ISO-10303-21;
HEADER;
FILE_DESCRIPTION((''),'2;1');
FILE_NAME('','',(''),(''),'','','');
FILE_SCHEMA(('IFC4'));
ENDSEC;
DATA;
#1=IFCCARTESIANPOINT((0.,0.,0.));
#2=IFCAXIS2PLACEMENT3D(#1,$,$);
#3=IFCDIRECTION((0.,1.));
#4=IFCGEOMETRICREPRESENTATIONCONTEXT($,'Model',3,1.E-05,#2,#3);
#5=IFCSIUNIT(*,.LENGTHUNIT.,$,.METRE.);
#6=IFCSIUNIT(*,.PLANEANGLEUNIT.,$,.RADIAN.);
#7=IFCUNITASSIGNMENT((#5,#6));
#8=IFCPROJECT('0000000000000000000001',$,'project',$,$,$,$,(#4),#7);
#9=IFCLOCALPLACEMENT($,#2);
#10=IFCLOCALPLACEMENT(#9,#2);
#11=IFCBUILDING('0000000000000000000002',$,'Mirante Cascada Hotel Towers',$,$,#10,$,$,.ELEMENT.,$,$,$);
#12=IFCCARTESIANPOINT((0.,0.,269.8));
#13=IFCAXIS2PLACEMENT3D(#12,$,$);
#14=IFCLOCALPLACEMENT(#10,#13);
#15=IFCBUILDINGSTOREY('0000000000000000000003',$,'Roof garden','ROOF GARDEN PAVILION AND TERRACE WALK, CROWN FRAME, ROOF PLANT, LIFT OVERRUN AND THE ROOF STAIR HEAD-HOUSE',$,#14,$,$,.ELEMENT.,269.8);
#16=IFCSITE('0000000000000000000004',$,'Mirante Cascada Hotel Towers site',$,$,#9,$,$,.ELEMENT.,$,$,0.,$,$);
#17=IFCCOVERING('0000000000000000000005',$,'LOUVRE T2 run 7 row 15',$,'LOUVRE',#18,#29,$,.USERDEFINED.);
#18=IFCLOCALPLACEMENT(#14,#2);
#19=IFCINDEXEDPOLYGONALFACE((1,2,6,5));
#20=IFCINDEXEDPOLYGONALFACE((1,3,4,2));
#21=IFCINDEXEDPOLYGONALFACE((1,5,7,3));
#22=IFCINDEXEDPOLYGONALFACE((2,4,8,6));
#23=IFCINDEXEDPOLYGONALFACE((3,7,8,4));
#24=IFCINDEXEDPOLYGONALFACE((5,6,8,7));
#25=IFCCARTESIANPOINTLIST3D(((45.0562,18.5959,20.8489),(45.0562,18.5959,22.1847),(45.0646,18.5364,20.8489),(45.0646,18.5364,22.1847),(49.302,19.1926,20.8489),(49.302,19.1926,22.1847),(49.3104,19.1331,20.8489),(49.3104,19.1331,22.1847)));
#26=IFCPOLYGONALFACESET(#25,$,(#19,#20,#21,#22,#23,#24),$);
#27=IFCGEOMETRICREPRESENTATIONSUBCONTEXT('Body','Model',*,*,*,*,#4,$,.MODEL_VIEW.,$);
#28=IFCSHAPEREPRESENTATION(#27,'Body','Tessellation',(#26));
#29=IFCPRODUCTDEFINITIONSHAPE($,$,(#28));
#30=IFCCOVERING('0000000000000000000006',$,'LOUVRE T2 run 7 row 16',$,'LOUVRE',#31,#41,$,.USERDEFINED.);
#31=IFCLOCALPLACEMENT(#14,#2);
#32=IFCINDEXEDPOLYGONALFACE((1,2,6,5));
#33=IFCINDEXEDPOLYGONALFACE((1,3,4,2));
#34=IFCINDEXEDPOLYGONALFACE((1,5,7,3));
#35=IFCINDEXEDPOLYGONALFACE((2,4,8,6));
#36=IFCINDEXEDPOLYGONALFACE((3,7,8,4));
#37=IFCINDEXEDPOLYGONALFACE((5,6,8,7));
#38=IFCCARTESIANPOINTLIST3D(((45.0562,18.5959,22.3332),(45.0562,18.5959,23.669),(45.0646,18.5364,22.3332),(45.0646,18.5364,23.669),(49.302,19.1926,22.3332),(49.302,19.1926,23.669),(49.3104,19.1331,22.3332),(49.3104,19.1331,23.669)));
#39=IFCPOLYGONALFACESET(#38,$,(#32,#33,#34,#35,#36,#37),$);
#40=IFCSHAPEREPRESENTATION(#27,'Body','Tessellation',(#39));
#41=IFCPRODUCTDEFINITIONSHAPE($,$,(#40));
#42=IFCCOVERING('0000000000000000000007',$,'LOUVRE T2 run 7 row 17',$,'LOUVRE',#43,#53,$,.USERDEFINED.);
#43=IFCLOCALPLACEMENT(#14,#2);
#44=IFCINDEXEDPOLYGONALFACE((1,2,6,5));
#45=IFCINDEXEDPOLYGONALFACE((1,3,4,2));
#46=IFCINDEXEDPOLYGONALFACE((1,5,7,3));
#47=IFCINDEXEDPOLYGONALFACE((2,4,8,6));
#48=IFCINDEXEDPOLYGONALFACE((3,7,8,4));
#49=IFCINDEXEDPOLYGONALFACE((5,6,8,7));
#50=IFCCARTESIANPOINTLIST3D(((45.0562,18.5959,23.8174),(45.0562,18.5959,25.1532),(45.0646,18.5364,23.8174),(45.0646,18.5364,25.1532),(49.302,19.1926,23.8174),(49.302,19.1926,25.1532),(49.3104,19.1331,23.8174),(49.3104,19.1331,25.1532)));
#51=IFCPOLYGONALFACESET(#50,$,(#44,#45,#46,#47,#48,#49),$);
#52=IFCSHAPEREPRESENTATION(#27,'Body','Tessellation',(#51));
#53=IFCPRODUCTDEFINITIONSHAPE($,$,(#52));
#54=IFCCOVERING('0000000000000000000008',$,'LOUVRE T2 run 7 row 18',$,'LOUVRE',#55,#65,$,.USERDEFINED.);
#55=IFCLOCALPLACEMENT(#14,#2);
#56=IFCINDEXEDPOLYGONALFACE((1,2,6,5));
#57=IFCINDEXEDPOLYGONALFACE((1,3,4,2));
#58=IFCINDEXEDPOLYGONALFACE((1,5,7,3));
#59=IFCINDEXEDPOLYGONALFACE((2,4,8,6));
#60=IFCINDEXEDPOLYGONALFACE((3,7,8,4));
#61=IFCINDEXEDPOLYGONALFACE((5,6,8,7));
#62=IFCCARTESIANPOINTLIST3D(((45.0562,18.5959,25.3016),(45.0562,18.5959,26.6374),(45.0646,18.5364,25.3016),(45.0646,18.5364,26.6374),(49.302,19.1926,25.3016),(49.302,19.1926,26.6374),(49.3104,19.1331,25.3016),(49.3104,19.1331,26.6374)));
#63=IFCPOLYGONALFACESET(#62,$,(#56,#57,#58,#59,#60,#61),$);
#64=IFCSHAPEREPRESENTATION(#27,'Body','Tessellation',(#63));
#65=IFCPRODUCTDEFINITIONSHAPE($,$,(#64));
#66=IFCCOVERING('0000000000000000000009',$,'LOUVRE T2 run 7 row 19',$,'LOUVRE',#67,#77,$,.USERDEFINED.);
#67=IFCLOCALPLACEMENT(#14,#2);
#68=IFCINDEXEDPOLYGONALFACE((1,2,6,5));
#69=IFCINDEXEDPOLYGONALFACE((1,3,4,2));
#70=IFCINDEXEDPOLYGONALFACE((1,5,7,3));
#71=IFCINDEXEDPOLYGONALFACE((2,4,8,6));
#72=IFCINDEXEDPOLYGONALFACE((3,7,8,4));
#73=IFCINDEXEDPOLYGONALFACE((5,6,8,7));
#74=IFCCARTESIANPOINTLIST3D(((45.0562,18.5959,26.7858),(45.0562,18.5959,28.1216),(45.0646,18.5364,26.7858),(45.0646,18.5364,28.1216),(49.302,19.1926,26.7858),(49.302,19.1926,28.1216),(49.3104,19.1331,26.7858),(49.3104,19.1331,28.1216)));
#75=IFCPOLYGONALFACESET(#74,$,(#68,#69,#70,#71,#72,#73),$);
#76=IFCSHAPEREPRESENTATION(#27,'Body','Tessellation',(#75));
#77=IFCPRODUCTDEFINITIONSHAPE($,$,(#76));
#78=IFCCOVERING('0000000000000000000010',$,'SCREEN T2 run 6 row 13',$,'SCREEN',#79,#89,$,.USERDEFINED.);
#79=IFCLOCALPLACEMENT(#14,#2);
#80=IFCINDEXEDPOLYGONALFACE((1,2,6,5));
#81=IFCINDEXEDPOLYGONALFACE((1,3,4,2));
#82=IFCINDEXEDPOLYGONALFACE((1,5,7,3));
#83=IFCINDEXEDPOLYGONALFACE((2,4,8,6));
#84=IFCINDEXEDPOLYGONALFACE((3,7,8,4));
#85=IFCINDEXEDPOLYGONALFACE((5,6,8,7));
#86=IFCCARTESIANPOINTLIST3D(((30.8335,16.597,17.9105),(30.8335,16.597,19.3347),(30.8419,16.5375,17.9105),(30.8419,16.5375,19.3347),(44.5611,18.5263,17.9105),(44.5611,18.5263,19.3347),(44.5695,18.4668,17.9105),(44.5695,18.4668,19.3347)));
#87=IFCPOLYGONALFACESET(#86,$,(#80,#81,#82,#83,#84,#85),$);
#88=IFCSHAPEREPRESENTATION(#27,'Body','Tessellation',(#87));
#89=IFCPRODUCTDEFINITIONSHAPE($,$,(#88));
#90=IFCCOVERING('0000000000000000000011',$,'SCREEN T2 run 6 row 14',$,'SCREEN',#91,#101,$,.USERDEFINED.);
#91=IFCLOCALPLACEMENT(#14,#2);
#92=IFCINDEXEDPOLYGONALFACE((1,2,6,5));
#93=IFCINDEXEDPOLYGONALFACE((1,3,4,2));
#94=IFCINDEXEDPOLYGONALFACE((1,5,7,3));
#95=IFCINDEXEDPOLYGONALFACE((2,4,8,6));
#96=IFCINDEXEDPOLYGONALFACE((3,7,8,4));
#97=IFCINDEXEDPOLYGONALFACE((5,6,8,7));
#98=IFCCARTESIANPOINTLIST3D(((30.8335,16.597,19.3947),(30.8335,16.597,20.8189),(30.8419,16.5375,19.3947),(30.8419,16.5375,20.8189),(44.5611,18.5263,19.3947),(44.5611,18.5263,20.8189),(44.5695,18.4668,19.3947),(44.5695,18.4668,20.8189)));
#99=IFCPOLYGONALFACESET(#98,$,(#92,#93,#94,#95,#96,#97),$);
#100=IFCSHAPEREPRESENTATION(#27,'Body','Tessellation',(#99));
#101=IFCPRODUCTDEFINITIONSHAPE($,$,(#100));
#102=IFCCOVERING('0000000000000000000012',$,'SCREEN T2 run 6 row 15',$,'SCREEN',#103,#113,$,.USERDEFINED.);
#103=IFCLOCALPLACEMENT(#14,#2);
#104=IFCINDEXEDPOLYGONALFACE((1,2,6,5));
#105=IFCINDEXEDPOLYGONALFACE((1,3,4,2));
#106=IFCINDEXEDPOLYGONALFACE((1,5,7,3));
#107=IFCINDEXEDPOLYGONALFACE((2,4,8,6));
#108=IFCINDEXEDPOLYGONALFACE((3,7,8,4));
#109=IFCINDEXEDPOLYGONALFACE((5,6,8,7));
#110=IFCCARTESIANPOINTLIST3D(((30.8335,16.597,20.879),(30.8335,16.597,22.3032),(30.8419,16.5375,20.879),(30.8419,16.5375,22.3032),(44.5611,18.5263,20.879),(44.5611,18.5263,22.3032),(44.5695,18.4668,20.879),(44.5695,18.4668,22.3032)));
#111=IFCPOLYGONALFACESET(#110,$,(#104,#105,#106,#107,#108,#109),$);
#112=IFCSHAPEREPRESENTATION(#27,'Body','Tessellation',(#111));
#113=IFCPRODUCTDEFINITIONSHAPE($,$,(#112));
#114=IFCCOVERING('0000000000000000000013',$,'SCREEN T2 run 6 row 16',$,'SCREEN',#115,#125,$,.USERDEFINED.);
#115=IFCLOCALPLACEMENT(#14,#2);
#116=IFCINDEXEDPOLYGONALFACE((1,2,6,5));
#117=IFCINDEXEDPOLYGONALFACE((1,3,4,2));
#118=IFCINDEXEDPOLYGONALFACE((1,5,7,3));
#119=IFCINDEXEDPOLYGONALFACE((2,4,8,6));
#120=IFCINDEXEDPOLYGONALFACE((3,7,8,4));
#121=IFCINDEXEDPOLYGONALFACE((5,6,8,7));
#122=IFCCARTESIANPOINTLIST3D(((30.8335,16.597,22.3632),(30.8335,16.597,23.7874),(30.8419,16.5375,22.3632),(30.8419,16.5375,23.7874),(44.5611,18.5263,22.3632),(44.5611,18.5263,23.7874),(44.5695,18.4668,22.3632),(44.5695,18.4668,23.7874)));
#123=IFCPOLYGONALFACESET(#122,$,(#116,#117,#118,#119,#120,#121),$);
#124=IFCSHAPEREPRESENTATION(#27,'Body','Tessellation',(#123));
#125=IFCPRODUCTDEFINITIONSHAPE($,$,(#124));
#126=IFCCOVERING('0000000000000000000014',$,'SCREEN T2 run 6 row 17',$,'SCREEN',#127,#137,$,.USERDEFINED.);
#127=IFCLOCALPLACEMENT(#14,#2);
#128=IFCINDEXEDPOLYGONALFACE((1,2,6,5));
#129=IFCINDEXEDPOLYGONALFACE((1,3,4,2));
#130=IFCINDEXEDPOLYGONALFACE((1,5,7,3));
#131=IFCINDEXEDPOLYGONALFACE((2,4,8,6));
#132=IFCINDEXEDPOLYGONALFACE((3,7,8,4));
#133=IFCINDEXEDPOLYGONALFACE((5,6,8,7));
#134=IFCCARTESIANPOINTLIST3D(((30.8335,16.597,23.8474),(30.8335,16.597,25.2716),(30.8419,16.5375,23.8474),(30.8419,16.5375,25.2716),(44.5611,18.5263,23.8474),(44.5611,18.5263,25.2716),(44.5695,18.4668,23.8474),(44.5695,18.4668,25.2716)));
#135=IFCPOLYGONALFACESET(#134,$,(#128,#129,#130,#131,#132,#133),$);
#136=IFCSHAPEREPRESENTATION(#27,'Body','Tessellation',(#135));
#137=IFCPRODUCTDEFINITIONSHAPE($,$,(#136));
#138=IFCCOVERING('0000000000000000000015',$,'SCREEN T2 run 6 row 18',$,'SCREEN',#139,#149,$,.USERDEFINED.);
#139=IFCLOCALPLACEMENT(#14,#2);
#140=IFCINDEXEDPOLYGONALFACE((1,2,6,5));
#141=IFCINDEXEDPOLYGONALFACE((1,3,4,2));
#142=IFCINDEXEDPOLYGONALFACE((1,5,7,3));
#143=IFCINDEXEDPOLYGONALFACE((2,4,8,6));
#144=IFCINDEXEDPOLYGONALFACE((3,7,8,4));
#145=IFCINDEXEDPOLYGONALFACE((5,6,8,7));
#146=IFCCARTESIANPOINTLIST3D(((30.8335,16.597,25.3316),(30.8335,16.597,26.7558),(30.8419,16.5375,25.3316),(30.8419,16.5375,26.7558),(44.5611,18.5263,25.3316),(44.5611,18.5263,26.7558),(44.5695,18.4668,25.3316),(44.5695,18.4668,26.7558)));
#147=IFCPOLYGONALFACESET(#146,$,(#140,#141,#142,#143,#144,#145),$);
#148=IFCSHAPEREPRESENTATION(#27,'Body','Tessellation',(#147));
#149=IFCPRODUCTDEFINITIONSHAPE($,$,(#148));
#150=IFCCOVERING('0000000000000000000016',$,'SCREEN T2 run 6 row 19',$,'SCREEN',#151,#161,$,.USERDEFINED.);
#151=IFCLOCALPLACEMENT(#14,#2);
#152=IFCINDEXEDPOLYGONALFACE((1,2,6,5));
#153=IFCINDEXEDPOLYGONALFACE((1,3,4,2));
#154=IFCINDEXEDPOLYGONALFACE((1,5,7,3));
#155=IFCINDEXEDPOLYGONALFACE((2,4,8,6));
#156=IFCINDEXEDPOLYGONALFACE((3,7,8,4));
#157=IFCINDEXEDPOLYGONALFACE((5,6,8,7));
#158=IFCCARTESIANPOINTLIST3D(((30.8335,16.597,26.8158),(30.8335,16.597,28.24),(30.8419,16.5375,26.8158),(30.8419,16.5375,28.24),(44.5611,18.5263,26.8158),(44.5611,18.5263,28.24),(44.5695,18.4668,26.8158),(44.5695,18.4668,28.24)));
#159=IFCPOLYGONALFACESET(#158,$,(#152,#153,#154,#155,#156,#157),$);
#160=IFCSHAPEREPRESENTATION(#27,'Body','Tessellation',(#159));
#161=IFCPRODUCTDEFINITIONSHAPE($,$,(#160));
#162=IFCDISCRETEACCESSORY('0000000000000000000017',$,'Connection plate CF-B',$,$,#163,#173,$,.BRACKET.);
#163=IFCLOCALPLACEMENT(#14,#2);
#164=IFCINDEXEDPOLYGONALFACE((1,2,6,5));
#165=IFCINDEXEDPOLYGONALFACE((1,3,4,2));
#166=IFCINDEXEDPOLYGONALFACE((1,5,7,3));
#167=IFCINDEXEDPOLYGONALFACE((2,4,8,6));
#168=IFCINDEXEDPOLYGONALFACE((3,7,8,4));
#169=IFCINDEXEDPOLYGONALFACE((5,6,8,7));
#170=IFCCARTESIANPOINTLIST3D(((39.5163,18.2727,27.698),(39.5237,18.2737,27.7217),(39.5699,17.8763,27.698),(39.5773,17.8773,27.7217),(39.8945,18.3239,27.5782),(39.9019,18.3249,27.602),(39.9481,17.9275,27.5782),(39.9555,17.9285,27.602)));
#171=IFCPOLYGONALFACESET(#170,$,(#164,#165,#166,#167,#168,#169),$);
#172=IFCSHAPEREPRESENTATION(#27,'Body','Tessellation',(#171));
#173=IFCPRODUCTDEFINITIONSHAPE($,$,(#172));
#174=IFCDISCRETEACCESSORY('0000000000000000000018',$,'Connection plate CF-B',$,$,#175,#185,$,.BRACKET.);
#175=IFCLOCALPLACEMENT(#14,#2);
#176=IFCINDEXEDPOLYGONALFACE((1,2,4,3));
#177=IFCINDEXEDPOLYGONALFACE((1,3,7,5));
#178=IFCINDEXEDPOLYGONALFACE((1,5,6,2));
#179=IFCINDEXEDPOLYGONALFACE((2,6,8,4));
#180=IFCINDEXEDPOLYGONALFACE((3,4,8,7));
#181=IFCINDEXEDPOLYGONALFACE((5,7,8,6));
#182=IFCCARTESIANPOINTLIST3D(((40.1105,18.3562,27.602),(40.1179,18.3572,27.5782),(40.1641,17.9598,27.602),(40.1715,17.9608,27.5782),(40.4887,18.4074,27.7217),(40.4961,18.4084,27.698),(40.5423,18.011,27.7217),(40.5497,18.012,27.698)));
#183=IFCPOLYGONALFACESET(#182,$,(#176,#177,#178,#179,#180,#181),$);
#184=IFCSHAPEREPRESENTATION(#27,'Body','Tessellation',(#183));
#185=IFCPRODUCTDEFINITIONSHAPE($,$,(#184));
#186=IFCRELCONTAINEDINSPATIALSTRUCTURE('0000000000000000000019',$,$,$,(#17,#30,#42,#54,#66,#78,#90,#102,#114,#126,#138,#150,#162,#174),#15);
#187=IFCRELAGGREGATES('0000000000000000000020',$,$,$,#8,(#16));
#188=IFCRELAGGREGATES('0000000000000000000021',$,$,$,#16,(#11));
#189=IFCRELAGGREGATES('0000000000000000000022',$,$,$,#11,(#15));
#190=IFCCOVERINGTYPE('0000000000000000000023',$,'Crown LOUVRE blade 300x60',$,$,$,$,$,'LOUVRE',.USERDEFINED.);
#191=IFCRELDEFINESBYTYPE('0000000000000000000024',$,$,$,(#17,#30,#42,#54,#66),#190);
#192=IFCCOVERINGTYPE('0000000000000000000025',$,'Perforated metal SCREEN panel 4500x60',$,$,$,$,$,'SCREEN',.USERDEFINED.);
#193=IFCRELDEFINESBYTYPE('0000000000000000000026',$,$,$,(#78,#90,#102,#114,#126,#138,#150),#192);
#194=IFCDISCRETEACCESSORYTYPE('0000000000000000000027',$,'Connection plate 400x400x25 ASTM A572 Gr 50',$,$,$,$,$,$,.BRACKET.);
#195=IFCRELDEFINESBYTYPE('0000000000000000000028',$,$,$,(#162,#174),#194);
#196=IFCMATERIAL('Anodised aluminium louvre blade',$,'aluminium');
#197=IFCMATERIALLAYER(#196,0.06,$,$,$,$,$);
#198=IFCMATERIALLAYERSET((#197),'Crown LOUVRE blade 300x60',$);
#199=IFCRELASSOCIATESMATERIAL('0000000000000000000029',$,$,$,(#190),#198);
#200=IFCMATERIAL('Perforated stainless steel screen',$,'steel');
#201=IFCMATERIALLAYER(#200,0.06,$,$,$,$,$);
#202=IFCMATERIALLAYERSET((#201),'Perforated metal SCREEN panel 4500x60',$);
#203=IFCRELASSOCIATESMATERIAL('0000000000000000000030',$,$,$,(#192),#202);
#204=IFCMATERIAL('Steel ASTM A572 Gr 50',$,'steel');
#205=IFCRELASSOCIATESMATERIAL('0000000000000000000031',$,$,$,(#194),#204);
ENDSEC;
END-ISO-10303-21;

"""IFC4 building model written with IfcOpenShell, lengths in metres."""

from ifc_helpers import new_model, si_unit, direction, frame, origin, origin_2d, place, context, subcontext, project, spatial, rectangle, extrude, material, layer, layer_set, material_profile, profile_set, type_object, element, save


model = new_model("IFC4")

# Units and contexts
model_context = context("Model", 3, precision=1e-05, world=origin(), true_north=direction((0.0, 1.0)))
body_context = subcontext(model_context, "Body", "Model", "MODEL_VIEW")
ifc_project = project(units=[si_unit("LENGTHUNIT", "METRE"), si_unit("PLANEANGLEUNIT", "RADIAN")], contexts=[model_context])

# Site, building, storey
site_placement = place(None, origin())
site = spatial("IfcSite", under=ifc_project, at=site_placement, Name="Mirante Cascada Hotel Towers site", CompositionType="ELEMENT", RefElevation=0.0)
building_placement = place(site_placement, origin())
building = spatial("IfcBuilding", under=site, at=building_placement, Name="Mirante Cascada Hotel Towers", CompositionType="ELEMENT")
storey_placement = place(building_placement, frame((0.0, 0.0, 269.8)))
storey = spatial("IfcBuildingStorey", under=building, at=storey_placement, Name="Roof garden", Description="ROOF GARDEN PAVILION AND TERRACE WALK, CROWN FRAME, ROOF PLANT, LIFT OVERRUN AND THE ROOF STAIR HEAD-HOUSE", CompositionType="ELEMENT", Elevation=269.8)

# Coverings
ifc_material_1 = material(Name="Anodised aluminium louvre blade", Category="aluminium")
ifc_layer_1 = layer(ifc_material_1, 0.06)
ifc_layer_set_1 = layer_set([ifc_layer_1], Name="Crown LOUVRE blade 300x60")
covering_type_1 = type_object("IfcCoveringType", Name="Crown LOUVRE blade 300x60", ElementType="LOUVRE", PredefinedType="USERDEFINED", material=ifc_layer_set_1)
for number, where, z_axis, x_axis, name in (
    (1, (47.1833, 18.8645, 20.8489), (0.0, 0.0, 1.0), (0.990268, 0.139173, 0.0), "LOUVRE T2 run 7 row 15"),
    (2, (47.1833, 18.8645, 22.3332), (0.0, 0.0, 1.0), (0.990268, 0.139173, 0.0), "LOUVRE T2 run 7 row 16"),
    (3, (47.1833, 18.8645, 23.8174), (0.0, 0.0, 1.0), (0.990268, 0.139173, 0.0), "LOUVRE T2 run 7 row 17"),
    (4, (47.1833, 18.8645, 25.3016), (0.0, 0.0, 1.0), (0.990268, 0.139173, 0.0), "LOUVRE T2 run 7 row 18"),
    (5, (47.1833, 18.8645, 26.7858), (0.0, 0.0, 1.0), (0.990268, 0.139173, 0.0), "LOUVRE T2 run 7 row 19"),
):
    element("IfcCovering", number, at=place(storey_placement, frame(where, z_axis=z_axis, x_axis=x_axis)), inside=storey, type_object=covering_type_1, Name=name, ObjectType="LOUVRE", PredefinedType="USERDEFINED", context=body_context, shape_type="SweptSolid", body=[
        extrude(rectangle(XDim=4.2875, YDim=0.06, at=origin_2d()), origin(), (0.0, 0.0, 1.0), 1.3358),
    ])
ifc_material_2 = material(Name="Perforated stainless steel screen", Category="steel")
ifc_layer_2 = layer(ifc_material_2, 0.06)
ifc_layer_set_2 = layer_set([ifc_layer_2], Name="Perforated metal SCREEN panel 4500x60")
covering_type_2 = type_object("IfcCoveringType", Name="Perforated metal SCREEN panel 4500x60", ElementType="SCREEN", PredefinedType="USERDEFINED", material=ifc_layer_set_2)
for number, where, z_axis, x_axis, name in (
    (6, (37.7015, 17.5319, 17.9105), (0.0, 0.0, 1.0), (0.990268, 0.139173, 0.0), "SCREEN T2 run 6 row 13"),
    (7, (37.7015, 17.5319, 19.3947), (0.0, 0.0, 1.0), (0.990268, 0.139173, 0.0), "SCREEN T2 run 6 row 14"),
    (8, (37.7015, 17.5319, 20.879), (0.0, 0.0, 1.0), (0.990268, 0.139173, 0.0), "SCREEN T2 run 6 row 15"),
    (9, (37.7015, 17.5319, 22.3632), (0.0, 0.0, 1.0), (0.990268, 0.139173, 0.0), "SCREEN T2 run 6 row 16"),
    (10, (37.7015, 17.5319, 23.8474), (0.0, 0.0, 1.0), (0.990268, 0.139173, 0.0), "SCREEN T2 run 6 row 17"),
    (11, (37.7015, 17.5319, 25.3316), (0.0, 0.0, 1.0), (0.990268, 0.139173, 0.0), "SCREEN T2 run 6 row 18"),
    (12, (37.7015, 17.5319, 26.8158), (0.0, 0.0, 1.0), (0.990268, 0.139173, 0.0), "SCREEN T2 run 6 row 19"),
):
    element("IfcCovering", number, at=place(storey_placement, frame(where, z_axis=z_axis, x_axis=x_axis)), inside=storey, type_object=covering_type_2, Name=name, ObjectType="SCREEN", PredefinedType="USERDEFINED", context=body_context, shape_type="SweptSolid", body=[
        extrude(rectangle(XDim=13.8625, YDim=0.06, at=origin_2d()), origin(), (0.0, 0.0, 1.0), 1.4242),
    ])

# Discrete accessories
ifc_material_3 = material(Name="Steel ASTM A572 Gr 50", Category="steel")
ifc_material_profile_1 = material_profile(ifc_material_3, rectangle(XDim=0.4, YDim=0.4, at=origin_2d()), Name="Connection plate 400x400x25 ASTM A572 Gr 50")
ifc_profile_set_1 = profile_set([ifc_material_profile_1], Name="Steel ASTM A572 Gr 50")
discrete_accessory_type = type_object("IfcDiscreteAccessoryType", Name="Connection plate 400x400x25 ASTM A572 Gr 50", PredefinedType="BRACKET", material=ifc_profile_set_1)
for number, where, z_axis, x_axis, name in (
    (13, (39.7322, 18.1001, 27.6381), (0.296665, 0.04009, 0.95414), (-0.133918, 0.990992, 0.0), "Connection plate CF-B"),
    (14, (40.3338, 18.1846, 27.6381), (-0.296665, -0.04009, 0.95414), (0.133918, -0.990992, 0.0), "Connection plate CF-B"),
):
    element("IfcDiscreteAccessory", number, at=place(storey_placement, frame(where, z_axis=z_axis, x_axis=x_axis)), inside=storey, type_object=discrete_accessory_type, Name=name, PredefinedType="BRACKET", context=body_context, shape_type="SweptSolid", body=[
        extrude(rectangle(XDim=0.4, YDim=0.4, at=origin_2d()), origin(), (0.0, 0.0, 1.0), 0.0249),
    ])

save(model, "model.ifc")
